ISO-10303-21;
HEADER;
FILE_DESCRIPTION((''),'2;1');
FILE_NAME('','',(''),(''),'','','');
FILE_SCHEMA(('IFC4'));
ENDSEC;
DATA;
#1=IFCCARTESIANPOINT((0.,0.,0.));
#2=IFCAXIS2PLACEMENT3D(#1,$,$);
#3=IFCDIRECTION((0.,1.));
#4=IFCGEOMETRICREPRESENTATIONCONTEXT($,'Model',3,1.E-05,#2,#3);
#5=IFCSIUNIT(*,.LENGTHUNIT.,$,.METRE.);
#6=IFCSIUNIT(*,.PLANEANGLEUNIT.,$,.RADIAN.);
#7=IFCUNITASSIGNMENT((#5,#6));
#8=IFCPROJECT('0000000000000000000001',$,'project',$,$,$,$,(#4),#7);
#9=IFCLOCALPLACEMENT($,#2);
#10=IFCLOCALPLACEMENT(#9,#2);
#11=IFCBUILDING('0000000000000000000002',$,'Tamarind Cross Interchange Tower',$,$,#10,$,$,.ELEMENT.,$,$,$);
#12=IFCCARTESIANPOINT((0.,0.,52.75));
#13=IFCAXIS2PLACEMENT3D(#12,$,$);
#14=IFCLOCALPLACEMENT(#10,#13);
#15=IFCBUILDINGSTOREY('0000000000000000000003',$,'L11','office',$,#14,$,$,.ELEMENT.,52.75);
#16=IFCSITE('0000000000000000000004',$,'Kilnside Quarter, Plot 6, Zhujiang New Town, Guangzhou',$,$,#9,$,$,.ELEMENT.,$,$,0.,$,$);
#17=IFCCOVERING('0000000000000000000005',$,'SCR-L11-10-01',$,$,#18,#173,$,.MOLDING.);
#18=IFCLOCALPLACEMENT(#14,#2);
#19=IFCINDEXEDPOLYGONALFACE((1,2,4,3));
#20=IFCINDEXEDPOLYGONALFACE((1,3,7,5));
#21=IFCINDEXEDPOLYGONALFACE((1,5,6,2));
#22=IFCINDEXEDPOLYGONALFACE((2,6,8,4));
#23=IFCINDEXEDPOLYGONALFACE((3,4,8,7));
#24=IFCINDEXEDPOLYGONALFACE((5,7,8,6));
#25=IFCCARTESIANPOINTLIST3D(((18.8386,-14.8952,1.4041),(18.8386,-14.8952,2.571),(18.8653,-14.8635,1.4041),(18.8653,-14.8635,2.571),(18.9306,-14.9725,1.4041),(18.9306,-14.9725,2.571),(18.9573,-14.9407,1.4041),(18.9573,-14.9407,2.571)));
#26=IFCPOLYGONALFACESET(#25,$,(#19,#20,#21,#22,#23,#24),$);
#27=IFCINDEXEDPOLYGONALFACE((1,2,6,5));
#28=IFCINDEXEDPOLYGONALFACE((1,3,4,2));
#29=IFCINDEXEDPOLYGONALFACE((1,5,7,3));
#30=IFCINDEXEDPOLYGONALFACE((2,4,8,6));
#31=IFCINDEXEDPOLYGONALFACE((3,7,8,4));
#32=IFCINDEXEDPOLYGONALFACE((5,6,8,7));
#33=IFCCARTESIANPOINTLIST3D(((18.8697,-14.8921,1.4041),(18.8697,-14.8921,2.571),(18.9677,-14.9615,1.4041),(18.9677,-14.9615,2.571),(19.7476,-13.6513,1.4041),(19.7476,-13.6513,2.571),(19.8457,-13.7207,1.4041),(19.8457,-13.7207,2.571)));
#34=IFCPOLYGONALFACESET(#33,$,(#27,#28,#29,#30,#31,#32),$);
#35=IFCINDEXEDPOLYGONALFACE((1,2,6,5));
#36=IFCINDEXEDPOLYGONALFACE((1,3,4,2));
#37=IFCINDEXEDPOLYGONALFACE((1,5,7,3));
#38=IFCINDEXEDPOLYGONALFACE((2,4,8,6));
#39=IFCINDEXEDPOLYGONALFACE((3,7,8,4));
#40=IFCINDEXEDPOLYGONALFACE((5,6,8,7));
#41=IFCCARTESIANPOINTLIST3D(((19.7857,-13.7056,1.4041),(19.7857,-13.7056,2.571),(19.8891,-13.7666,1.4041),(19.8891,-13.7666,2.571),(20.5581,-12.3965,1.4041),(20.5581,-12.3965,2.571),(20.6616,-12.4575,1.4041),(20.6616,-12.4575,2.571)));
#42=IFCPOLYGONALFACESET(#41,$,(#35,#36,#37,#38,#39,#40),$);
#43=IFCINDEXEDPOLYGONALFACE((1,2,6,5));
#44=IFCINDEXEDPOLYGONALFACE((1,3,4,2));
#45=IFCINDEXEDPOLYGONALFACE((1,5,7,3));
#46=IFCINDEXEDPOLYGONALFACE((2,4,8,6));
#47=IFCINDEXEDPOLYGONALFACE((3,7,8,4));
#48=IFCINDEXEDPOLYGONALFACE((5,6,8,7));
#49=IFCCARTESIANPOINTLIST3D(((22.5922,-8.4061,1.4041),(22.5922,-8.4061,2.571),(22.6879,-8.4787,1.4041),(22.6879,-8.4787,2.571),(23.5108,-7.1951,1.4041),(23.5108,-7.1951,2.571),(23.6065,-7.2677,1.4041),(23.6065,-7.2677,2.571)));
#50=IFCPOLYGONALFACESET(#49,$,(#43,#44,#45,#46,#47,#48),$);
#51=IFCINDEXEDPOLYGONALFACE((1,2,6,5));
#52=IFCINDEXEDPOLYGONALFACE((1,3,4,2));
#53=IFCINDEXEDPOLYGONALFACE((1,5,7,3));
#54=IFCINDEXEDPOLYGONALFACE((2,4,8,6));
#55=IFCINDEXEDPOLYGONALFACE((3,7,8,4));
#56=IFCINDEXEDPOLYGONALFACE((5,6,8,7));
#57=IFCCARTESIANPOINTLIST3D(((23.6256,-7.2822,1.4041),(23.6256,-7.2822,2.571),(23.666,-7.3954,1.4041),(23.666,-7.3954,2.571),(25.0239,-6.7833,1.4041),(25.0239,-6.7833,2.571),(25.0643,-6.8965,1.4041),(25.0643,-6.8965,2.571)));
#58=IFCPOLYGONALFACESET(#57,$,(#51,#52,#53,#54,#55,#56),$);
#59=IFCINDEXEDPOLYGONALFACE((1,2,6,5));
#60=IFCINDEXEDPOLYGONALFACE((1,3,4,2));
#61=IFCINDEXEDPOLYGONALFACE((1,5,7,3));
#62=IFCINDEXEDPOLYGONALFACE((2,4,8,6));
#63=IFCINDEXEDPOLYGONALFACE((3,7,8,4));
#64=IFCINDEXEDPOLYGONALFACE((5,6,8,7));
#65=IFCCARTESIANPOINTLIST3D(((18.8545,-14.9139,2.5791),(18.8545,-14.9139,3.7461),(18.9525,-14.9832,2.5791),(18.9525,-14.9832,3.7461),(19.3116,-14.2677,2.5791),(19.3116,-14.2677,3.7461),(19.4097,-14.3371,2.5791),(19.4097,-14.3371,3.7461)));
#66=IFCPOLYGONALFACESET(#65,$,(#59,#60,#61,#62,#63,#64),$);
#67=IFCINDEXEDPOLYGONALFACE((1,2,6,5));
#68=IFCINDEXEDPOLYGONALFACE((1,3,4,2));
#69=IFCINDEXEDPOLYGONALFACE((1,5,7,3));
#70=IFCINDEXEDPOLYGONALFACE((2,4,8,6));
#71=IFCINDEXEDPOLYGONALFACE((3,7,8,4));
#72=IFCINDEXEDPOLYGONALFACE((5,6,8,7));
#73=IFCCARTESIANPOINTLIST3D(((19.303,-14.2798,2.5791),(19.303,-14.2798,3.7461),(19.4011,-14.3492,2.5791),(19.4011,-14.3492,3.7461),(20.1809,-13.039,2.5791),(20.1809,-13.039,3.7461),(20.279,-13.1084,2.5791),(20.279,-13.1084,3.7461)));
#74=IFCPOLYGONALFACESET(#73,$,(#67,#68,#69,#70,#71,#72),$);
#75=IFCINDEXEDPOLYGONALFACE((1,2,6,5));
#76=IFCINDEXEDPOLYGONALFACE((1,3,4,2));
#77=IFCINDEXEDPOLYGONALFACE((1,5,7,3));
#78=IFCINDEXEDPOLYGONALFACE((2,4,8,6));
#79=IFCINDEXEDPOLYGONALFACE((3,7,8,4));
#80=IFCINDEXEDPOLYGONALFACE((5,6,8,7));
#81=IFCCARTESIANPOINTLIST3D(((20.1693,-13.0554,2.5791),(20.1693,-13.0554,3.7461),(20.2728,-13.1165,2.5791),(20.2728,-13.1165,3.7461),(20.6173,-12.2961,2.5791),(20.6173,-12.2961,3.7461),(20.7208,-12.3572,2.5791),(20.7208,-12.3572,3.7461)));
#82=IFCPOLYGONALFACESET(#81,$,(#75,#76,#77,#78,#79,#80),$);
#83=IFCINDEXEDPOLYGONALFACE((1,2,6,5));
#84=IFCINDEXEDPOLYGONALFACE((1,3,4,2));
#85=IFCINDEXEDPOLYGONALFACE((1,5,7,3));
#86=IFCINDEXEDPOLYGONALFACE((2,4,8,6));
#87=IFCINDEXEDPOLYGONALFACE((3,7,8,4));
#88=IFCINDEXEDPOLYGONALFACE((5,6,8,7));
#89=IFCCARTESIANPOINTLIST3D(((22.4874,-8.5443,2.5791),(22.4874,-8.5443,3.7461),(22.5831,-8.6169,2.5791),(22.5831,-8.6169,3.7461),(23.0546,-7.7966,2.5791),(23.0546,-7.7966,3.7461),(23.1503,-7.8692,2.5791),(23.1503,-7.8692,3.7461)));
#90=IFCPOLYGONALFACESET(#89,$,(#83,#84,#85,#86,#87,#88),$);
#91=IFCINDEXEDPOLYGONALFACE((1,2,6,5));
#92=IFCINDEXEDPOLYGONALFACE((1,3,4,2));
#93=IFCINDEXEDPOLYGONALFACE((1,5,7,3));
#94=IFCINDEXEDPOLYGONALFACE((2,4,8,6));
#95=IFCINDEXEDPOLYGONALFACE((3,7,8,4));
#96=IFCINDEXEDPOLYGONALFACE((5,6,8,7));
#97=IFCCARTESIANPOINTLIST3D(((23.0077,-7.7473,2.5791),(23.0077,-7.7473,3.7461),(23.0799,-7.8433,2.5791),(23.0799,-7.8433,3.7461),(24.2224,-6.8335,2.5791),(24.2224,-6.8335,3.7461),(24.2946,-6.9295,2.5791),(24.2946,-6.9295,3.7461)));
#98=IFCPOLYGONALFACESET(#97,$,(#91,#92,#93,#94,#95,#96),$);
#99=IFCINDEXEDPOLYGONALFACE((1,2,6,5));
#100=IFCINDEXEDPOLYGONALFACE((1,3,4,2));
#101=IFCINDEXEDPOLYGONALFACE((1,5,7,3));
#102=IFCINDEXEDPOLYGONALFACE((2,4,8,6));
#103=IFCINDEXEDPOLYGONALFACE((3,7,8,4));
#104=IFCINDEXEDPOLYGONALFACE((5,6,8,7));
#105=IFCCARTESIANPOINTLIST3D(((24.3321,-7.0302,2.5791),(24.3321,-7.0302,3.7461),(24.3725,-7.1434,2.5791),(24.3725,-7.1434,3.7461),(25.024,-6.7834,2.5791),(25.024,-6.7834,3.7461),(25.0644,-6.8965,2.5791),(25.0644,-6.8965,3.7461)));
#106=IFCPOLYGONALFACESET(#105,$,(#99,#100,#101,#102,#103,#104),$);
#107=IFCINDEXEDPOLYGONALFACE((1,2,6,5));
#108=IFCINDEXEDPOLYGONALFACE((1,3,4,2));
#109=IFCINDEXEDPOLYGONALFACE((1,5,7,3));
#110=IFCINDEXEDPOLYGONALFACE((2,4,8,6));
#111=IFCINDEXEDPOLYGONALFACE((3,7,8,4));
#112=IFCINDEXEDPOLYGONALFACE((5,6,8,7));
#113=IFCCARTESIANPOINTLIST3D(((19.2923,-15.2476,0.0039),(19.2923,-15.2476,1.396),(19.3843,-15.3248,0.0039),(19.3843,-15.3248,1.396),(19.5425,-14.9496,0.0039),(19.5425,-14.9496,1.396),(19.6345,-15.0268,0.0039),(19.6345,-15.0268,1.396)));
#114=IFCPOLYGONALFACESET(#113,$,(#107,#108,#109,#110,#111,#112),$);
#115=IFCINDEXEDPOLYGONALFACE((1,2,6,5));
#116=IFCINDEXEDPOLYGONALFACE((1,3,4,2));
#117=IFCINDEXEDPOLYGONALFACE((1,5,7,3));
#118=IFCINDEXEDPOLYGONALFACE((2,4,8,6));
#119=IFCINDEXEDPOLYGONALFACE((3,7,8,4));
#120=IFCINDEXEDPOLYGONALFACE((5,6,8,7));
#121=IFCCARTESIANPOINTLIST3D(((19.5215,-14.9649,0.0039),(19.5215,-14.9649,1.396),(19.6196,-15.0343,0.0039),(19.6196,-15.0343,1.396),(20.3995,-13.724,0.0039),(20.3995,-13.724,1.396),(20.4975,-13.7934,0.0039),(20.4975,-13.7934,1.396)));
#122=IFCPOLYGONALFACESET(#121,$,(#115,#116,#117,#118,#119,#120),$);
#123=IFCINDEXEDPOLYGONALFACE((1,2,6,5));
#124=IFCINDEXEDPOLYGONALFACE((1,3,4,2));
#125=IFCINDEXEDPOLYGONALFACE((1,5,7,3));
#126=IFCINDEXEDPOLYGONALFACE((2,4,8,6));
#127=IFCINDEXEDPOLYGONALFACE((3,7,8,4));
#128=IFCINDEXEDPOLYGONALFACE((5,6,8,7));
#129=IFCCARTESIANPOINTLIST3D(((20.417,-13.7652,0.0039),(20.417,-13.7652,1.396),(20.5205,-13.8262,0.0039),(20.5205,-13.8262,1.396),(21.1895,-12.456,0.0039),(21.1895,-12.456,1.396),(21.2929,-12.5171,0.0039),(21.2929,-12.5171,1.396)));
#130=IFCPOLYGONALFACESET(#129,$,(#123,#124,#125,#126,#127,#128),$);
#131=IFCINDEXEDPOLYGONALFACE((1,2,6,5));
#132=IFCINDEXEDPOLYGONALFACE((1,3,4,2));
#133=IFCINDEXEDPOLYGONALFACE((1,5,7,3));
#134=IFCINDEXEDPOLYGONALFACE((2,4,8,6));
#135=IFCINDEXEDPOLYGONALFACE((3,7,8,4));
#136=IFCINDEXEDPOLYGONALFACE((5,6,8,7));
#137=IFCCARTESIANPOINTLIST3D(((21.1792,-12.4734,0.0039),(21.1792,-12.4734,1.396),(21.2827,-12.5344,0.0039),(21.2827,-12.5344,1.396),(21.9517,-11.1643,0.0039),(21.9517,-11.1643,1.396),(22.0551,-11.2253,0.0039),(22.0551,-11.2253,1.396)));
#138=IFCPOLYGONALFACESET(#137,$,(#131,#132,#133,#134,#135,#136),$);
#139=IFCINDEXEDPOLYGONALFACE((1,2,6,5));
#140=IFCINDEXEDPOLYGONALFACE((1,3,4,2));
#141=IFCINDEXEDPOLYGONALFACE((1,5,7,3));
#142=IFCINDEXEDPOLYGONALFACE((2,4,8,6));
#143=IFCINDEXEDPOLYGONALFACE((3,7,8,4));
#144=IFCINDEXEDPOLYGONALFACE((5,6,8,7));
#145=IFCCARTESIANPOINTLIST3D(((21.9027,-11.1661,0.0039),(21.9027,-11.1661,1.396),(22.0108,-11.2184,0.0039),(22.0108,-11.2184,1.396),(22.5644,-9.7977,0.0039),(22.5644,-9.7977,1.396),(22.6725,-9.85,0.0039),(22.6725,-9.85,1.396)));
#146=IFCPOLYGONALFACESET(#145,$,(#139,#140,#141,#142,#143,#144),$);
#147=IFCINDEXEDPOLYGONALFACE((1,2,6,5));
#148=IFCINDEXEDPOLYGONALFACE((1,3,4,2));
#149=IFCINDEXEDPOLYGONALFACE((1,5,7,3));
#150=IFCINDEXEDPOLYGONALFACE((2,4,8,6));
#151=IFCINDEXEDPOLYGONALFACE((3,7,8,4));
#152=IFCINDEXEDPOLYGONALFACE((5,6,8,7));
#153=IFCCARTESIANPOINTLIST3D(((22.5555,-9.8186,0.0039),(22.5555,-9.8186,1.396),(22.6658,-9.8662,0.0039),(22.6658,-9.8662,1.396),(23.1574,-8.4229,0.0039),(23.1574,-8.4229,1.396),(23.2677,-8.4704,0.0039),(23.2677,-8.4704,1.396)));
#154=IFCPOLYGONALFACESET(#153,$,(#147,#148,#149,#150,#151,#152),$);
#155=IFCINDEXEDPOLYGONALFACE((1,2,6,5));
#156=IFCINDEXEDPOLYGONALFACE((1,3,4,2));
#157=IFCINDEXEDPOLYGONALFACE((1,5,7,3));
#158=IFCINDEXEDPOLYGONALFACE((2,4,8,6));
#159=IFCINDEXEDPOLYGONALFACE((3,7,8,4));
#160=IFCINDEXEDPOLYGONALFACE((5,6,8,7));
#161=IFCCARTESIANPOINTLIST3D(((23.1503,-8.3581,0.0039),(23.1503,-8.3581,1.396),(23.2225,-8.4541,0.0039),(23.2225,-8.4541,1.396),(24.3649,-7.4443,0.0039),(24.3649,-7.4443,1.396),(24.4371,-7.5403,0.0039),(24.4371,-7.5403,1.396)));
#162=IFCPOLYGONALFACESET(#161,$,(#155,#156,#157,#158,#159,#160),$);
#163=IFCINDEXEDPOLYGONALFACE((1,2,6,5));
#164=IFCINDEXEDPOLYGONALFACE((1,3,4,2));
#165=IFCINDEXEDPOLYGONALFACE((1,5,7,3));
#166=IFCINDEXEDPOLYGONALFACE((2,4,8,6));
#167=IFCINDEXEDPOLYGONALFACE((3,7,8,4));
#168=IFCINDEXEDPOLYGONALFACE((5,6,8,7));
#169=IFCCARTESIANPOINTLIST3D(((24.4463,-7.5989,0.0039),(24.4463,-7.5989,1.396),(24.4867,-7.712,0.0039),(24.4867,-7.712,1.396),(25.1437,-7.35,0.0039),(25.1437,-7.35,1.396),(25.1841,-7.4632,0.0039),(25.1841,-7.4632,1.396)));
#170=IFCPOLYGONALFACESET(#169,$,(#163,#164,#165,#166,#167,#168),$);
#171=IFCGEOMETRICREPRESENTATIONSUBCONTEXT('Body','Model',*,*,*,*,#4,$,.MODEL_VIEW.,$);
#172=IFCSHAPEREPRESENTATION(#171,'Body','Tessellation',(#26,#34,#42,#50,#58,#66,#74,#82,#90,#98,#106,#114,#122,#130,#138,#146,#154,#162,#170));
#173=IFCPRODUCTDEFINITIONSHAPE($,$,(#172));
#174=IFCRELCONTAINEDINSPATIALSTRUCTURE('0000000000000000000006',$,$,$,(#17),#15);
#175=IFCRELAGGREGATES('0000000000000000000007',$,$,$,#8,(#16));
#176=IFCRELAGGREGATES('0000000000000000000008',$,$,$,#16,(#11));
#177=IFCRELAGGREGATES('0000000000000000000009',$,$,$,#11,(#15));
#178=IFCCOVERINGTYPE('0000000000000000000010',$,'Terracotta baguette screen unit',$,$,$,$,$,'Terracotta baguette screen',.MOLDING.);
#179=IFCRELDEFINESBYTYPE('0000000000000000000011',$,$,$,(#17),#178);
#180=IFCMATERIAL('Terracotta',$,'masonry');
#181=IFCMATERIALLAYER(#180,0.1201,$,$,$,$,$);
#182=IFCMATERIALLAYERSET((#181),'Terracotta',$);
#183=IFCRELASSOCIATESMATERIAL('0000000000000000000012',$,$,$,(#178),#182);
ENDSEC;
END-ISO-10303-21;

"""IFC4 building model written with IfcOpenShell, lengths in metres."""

from ifc_helpers import new_model, si_unit, direction, frame, origin, origin_2d, place, context, subcontext, project, spatial, rectangle, extrude, material, layer, layer_set, type_object, element, save


model = new_model("IFC4")

# Units and contexts
model_context = context("Model", 3, precision=1e-05, world=origin(), true_north=direction((0.0, 1.0)))
body_context = subcontext(model_context, "Body", "Model", "MODEL_VIEW")
ifc_project = project(units=[si_unit("LENGTHUNIT", "METRE"), si_unit("PLANEANGLEUNIT", "RADIAN")], contexts=[model_context])

# Site, building, storey
site_placement = place(None, origin())
site = spatial("IfcSite", under=ifc_project, at=site_placement, Name="Kilnside Quarter, Plot 6, Zhujiang New Town, Guangzhou", CompositionType="ELEMENT", RefElevation=0.0)
building_placement = place(site_placement, origin())
building = spatial("IfcBuilding", under=site, at=building_placement, Name="Tamarind Cross Interchange Tower", CompositionType="ELEMENT")
storey_placement = place(building_placement, frame((0.0, 0.0, 52.75)))
storey = spatial("IfcBuildingStorey", under=building, at=storey_placement, Name="L11", Description="office", CompositionType="ELEMENT", Elevation=52.75)

# Covering
ifc_material_1 = material(Name="Terracotta", Category="masonry")
ifc_layer_1 = layer(ifc_material_1, 0.1201)
ifc_layer_set_1 = layer_set([ifc_layer_1], Name="Terracotta")
covering_type = type_object("IfcCoveringType", Name="Terracotta baguette screen unit", ElementType="Terracotta baguette screen", PredefinedType="MOLDING", material=ifc_layer_set_1)
covering_1_placement = place(storey_placement, origin())
element("IfcCovering", 1, at=covering_1_placement, inside=storey, type_object=covering_type, Name="SCR-L11-10-01", PredefinedType="MOLDING", context=body_context, shape_type="SweptSolid", body=[
    extrude(rectangle(XDim=0.0415, YDim=0.1201, at=origin_2d()), frame((18.8979, -14.918, 1.4041), z_axis=(0.0, 0.0, 1.0), x_axis=(0.643009, 0.765858, 0.0)), (0.0, 0.0, 1.0), 1.167),
    extrude(rectangle(XDim=1.52, YDim=0.1201, at=origin_2d()), frame((19.3577, -14.3064, 1.4041), z_axis=(0.0, 0.0, 1.0), x_axis=(0.577569, 0.816342, 0.0)), (0.0, 0.0, 1.0), 1.167),
    extrude(rectangle(XDim=1.52, YDim=0.1201, at=origin_2d()), frame((20.2236, -13.0815, 1.4041), z_axis=(0.0, 0.0, 1.0), x_axis=(0.508183, 0.861249, 0.0)), (0.0, 0.0, 1.0), 1.167),
    extrude(rectangle(XDim=1.52, YDim=0.1201, at=origin_2d()), frame((23.0994, -7.8369, 1.4041), z_axis=(0.0, 0.0, 1.0), x_axis=(0.604333, 0.796732, 0.0)), (0.0, 0.0, 1.0), 1.167),
    extrude(rectangle(XDim=1.4846, YDim=0.1201, at=origin_2d()), frame((24.345, -7.0894, 1.4041), z_axis=(0.0, 0.0, 1.0), x_axis=(0.941844, 0.336051, 0.0)), (0.0, 0.0, 1.0), 1.167),
    extrude(rectangle(XDim=0.7915, YDim=0.1201, at=origin_2d()), frame((19.1321, -14.6255, 2.5791), z_axis=(0.0, 0.0, 1.0), x_axis=(0.577569, 0.816342, 0.0)), (0.0, 0.0, 1.0), 1.167),
    extrude(rectangle(XDim=1.52, YDim=0.1201, at=origin_2d()), frame((19.791, -13.6941, 2.5791), z_axis=(0.0, 0.0, 1.0), x_axis=(0.577569, 0.816342, 0.0)), (0.0, 0.0, 1.0), 1.167),
    extrude(rectangle(XDim=0.8816, YDim=0.1201, at=origin_2d()), frame((20.4451, -12.7063, 2.5791), z_axis=(0.0, 0.0, 1.0), x_axis=(0.508183, 0.861249, 0.0)), (0.0, 0.0, 1.0), 1.167),
    extrude(rectangle(XDim=0.9385, YDim=0.1201, at=origin_2d()), frame((22.8188, -8.2068, 2.5791), z_axis=(0.0, 0.0, 1.0), x_axis=(0.604333, 0.796732, 0.0)), (0.0, 0.0, 1.0), 1.167),
    extrude(rectangle(XDim=1.52, YDim=0.1201, at=origin_2d()), frame((23.6511, -7.3384, 2.5791), z_axis=(0.0, 0.0, 1.0), x_axis=(0.799117, 0.601175, 0.0)), (0.0, 0.0, 1.0), 1.167),
    extrude(rectangle(XDim=0.7346, YDim=0.1201, at=origin_2d()), frame((24.6982, -6.9634, 2.5791), z_axis=(0.0, 0.0, 1.0), x_axis=(0.941844, 0.336051, 0.0)), (0.0, 0.0, 1.0), 1.167),
    extrude(rectangle(XDim=0.3892, YDim=0.1201, at=origin_2d()), frame((19.4634, -15.1372, 0.0039), z_axis=(0.0, 0.0, 1.0), x_axis=(0.643009, 0.765858, 0.0)), (0.0, 0.0, 1.0), 1.3921),
    extrude(rectangle(XDim=1.52, YDim=0.1201, at=origin_2d()), frame((20.0095, -14.3792, 0.0039), z_axis=(0.0, 0.0, 1.0), x_axis=(0.577569, 0.816342, 0.0)), (0.0, 0.0, 1.0), 1.3921),
    extrude(rectangle(XDim=1.52, YDim=0.1201, at=origin_2d()), frame((20.855, -13.1411, 0.0039), z_axis=(0.0, 0.0, 1.0), x_axis=(0.508183, 0.861249, 0.0)), (0.0, 0.0, 1.0), 1.3921),
    extrude(rectangle(XDim=1.52, YDim=0.1201, at=origin_2d()), frame((21.6172, -11.8494, 0.0039), z_axis=(0.0, 0.0, 1.0), x_axis=(0.508183, 0.861249, 0.0)), (0.0, 0.0, 1.0), 1.3921),
    extrude(rectangle(XDim=1.52, YDim=0.1201, at=origin_2d()), frame((22.2876, -10.5081, 0.0039), z_axis=(0.0, 0.0, 1.0), x_axis=(0.435326, 0.900273, 0.0)), (0.0, 0.0, 1.0), 1.3921),
    extrude(rectangle(XDim=1.52, YDim=0.1201, at=origin_2d()), frame((22.9116, -9.1445, 0.0039), z_axis=(0.0, 0.0, 1.0), x_axis=(0.395969, 0.918264, 0.0)), (0.0, 0.0, 1.0), 1.3921),
    extrude(rectangle(XDim=1.52, YDim=0.1201, at=origin_2d()), frame((23.7937, -7.9492, 0.0039), z_axis=(0.0, 0.0, 1.0), x_axis=(0.799117, 0.601175, 0.0)), (0.0, 0.0, 1.0), 1.3921),
    extrude(rectangle(XDim=0.7405, YDim=0.1201, at=origin_2d()), frame((24.8152, -7.531, 0.0039), z_axis=(0.0, 0.0, 1.0), x_axis=(0.941844, 0.336051, 0.0)), (0.0, 0.0, 1.0), 1.3921),
])

save(model, "model.ifc")
